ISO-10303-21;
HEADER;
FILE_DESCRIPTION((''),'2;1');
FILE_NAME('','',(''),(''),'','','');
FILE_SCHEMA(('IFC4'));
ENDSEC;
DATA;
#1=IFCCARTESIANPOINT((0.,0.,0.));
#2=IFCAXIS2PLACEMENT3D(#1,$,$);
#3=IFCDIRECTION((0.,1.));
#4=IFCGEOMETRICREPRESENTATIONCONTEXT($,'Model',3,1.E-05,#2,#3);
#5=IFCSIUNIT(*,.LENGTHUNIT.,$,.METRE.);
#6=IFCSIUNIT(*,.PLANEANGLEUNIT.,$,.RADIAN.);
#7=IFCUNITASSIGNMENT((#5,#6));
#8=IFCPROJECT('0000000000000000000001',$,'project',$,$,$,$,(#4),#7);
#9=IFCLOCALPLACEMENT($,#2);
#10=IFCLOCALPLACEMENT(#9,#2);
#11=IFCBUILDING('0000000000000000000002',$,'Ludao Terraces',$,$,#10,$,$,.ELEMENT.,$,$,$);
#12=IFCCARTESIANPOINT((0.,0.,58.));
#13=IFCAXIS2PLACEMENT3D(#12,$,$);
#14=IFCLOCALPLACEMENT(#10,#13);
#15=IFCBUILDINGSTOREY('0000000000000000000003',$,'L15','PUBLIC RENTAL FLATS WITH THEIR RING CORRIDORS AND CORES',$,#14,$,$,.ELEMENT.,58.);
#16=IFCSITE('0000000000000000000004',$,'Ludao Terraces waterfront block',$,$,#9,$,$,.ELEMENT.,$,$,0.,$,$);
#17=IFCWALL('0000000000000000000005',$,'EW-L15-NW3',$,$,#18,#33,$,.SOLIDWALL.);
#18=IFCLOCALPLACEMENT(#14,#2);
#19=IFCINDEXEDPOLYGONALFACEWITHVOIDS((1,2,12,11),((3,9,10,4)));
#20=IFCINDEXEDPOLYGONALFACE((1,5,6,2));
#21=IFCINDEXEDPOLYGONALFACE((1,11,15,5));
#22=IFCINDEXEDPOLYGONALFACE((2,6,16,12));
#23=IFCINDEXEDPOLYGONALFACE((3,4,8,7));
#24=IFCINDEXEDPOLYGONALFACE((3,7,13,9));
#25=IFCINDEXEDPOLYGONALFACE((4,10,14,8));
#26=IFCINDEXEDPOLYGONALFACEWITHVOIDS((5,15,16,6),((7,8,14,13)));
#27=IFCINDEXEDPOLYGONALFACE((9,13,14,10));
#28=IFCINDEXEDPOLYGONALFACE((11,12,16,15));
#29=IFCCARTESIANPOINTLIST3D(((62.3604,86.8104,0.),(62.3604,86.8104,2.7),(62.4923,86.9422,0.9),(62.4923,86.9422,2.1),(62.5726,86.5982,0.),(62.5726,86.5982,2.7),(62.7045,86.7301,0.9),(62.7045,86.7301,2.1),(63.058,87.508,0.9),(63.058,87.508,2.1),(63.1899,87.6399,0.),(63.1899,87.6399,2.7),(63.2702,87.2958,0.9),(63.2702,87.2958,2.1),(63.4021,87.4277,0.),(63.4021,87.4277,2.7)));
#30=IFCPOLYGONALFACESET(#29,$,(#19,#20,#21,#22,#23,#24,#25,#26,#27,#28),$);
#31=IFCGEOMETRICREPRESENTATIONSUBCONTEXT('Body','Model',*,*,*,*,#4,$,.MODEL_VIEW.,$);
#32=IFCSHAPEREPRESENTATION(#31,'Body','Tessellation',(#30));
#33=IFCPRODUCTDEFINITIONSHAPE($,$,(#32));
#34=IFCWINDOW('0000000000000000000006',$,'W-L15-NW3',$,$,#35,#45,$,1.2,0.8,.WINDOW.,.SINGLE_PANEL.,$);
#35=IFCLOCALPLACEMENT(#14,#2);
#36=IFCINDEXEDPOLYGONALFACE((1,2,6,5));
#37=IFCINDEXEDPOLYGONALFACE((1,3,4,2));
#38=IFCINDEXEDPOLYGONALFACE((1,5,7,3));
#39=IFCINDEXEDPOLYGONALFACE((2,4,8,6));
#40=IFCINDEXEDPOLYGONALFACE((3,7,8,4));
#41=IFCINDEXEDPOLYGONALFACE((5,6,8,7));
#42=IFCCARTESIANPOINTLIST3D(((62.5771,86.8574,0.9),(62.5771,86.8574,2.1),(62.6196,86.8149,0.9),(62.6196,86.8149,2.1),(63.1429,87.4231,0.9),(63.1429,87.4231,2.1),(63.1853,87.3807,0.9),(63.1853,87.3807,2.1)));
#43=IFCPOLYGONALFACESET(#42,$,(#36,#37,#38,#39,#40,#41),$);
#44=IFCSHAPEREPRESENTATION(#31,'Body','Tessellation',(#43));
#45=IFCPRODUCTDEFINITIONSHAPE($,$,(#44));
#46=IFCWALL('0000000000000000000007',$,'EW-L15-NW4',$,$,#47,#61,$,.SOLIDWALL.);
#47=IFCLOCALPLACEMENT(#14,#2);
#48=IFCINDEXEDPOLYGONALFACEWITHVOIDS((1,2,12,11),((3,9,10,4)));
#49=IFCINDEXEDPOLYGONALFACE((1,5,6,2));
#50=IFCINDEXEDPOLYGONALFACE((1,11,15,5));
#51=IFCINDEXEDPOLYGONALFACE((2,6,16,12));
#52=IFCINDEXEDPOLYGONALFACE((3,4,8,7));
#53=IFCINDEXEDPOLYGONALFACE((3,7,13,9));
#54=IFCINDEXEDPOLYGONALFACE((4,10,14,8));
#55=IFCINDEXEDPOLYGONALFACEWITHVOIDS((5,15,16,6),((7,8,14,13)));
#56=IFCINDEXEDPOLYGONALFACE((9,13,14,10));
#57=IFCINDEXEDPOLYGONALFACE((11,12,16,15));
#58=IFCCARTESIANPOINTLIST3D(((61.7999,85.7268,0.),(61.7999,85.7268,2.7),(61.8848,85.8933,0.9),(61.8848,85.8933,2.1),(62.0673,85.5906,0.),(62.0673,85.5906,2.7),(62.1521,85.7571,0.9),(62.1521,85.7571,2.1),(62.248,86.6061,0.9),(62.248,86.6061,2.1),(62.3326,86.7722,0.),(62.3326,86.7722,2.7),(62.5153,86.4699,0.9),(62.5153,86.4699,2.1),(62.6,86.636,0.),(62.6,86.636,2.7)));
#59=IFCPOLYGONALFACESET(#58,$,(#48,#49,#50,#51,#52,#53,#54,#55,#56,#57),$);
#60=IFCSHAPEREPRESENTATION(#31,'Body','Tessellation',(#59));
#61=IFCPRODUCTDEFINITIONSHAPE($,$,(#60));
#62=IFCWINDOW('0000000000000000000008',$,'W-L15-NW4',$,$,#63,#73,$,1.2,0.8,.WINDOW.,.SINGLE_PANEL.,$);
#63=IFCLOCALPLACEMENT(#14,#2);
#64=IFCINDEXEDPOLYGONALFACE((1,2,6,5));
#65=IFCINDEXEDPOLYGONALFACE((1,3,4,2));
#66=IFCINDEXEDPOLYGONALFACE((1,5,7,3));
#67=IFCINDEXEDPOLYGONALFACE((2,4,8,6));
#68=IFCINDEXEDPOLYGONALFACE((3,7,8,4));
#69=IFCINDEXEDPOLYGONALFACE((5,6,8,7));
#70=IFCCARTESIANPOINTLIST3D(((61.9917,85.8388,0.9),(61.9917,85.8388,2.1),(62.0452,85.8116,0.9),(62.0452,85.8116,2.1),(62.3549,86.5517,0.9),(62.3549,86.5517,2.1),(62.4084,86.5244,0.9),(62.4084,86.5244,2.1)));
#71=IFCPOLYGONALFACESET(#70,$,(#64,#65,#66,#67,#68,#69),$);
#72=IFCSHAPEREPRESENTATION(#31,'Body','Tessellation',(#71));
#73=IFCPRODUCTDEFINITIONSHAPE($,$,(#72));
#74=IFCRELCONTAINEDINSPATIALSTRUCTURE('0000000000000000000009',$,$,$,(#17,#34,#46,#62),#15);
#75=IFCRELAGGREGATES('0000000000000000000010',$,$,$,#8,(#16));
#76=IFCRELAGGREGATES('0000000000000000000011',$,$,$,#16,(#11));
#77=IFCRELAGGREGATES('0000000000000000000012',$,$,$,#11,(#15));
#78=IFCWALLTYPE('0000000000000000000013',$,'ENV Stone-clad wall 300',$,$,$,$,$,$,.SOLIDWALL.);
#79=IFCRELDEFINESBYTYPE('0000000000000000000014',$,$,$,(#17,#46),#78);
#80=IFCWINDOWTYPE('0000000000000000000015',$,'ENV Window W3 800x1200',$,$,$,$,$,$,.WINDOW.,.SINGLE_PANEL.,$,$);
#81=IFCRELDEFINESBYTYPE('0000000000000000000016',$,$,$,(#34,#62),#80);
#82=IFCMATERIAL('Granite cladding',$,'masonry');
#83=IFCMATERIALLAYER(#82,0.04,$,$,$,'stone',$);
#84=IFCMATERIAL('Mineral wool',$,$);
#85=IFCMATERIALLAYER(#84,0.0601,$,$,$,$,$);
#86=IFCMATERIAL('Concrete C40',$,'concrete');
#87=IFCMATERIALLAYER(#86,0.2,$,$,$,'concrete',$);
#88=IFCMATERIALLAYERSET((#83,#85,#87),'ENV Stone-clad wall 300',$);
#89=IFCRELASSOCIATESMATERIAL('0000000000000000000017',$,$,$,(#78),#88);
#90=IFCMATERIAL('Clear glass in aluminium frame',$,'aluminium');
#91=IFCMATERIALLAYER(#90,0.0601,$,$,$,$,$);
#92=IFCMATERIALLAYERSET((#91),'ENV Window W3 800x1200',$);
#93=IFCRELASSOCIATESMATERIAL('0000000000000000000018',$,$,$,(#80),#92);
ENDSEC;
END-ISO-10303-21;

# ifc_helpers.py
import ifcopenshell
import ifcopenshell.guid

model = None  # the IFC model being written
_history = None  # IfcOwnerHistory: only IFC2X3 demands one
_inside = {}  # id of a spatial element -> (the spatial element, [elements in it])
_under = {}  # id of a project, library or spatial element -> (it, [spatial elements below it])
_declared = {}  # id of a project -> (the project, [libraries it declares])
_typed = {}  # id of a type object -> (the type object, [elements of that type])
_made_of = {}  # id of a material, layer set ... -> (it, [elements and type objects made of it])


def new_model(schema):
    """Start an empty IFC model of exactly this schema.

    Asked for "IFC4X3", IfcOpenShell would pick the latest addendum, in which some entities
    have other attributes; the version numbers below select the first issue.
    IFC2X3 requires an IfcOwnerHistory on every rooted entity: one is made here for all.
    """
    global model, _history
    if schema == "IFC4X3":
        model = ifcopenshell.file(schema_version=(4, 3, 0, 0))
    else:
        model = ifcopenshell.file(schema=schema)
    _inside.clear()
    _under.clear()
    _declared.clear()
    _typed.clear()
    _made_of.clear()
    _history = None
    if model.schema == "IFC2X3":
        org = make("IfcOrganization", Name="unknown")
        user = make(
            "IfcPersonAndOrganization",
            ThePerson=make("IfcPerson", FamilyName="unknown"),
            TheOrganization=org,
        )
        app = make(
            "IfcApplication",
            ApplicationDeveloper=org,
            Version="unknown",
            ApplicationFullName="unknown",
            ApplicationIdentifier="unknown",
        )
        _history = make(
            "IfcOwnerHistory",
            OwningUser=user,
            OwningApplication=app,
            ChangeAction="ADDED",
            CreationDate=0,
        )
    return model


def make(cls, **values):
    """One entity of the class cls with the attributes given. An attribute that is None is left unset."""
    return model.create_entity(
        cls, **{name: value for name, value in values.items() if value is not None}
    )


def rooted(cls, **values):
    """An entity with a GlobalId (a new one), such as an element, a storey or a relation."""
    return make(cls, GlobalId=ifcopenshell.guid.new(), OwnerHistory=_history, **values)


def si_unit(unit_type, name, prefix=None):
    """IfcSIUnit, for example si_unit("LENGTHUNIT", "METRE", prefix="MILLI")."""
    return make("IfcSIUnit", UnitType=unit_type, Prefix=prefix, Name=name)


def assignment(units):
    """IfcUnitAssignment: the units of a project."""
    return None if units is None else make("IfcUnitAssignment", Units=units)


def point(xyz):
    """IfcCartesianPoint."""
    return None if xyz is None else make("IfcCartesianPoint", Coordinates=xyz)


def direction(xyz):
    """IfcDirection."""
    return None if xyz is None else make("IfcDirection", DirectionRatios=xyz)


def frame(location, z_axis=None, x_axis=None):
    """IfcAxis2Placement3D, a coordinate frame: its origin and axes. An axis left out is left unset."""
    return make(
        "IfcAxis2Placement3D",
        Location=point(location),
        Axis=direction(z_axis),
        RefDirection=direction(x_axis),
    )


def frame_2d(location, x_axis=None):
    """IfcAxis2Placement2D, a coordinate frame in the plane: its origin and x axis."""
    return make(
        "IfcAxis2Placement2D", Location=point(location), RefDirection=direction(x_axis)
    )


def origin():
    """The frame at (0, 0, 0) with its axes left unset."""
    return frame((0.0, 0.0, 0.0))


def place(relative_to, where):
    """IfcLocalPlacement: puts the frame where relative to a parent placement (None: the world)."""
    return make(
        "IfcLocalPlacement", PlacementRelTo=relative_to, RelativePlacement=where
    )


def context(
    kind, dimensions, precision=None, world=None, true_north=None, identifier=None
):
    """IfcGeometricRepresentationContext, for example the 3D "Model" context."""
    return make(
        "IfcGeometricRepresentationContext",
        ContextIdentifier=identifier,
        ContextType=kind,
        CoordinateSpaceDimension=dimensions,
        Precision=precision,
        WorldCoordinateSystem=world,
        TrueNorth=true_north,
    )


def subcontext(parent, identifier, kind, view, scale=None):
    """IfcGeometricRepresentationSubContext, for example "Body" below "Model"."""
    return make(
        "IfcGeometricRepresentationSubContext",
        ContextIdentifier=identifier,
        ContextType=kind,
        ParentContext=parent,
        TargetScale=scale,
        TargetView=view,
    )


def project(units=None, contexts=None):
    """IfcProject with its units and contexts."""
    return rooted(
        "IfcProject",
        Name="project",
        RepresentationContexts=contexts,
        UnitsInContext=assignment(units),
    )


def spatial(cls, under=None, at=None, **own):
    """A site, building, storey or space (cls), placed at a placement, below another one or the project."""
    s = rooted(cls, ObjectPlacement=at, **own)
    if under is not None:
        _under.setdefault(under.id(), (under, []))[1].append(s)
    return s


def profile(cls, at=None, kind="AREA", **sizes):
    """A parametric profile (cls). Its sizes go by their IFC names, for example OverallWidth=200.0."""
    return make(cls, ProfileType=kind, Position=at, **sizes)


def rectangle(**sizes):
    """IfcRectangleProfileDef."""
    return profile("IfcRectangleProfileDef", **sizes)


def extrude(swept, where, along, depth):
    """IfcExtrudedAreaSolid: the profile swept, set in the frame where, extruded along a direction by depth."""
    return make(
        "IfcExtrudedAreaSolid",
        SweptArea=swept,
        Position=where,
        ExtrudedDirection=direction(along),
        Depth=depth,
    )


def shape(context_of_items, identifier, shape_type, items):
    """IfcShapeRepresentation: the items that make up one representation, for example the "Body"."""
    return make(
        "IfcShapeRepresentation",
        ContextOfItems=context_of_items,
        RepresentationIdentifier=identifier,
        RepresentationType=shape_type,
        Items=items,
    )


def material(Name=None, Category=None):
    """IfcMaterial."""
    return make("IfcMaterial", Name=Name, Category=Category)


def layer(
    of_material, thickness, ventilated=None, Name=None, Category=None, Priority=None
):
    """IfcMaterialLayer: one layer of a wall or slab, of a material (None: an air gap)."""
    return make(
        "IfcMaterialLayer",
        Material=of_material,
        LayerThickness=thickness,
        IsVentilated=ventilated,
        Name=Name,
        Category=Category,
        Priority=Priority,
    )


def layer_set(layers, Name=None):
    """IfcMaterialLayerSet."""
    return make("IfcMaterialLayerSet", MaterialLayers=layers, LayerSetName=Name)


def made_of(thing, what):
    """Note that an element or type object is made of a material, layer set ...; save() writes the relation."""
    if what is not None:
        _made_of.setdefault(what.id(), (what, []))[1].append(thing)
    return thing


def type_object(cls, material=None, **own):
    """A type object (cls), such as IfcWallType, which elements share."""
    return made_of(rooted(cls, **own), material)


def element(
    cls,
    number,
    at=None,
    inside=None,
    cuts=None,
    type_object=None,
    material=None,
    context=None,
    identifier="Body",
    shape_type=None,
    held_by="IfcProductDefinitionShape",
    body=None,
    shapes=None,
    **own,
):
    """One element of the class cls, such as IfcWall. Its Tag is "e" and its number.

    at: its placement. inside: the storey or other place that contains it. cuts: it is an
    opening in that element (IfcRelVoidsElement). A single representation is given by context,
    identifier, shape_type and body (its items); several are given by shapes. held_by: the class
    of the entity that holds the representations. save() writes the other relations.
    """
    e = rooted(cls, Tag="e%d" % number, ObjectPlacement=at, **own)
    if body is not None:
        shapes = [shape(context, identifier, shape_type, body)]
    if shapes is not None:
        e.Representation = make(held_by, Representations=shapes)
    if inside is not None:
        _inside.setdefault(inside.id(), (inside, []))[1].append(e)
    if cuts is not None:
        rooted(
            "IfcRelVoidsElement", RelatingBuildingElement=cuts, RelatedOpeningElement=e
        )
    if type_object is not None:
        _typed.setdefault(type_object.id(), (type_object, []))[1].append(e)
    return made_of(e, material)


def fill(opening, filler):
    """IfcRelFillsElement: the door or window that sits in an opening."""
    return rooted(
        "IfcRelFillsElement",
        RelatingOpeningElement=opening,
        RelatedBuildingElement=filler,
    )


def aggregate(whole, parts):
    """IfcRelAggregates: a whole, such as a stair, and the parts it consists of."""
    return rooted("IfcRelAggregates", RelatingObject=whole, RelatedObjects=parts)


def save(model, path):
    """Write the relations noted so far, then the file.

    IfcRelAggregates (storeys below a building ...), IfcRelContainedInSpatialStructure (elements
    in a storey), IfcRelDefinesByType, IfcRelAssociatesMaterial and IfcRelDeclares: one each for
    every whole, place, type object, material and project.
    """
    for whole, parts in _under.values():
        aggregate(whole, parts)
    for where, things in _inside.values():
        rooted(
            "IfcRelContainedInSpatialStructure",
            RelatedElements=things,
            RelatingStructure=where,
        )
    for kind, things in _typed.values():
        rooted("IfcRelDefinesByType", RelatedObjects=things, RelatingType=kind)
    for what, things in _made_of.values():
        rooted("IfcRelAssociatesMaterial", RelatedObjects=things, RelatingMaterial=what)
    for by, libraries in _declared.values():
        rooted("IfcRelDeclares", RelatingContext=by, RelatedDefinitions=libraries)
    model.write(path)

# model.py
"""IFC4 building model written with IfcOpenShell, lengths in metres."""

from ifc_helpers import new_model, si_unit, direction, frame, frame_2d, origin, place, context, subcontext, project, spatial, rectangle, extrude, material, layer, layer_set, type_object, element, fill, save


model = new_model("IFC4")

# Units and contexts
model_context = context("Model", 3, precision=1e-05, world=origin(), true_north=direction((0.0, 1.0)))
body_context = subcontext(model_context, "Body", "Model", "MODEL_VIEW")
ifc_project = project(units=[si_unit("LENGTHUNIT", "METRE"), si_unit("PLANEANGLEUNIT", "RADIAN")], contexts=[model_context])

# Site, building, storey
site_placement = place(None, origin())
site = spatial("IfcSite", under=ifc_project, at=site_placement, Name="Ludao Terraces waterfront block", CompositionType="ELEMENT", RefElevation=0.0)
building_placement = place(site_placement, origin())
building = spatial("IfcBuilding", under=site, at=building_placement, Name="Ludao Terraces", CompositionType="ELEMENT")
storey_placement = place(building_placement, frame((0.0, 0.0, 58.0)))
storey = spatial("IfcBuildingStorey", under=building, at=storey_placement, Name="L15", Description="PUBLIC RENTAL FLATS WITH THEIR RING CORRIDORS AND CORES", CompositionType="ELEMENT", Elevation=58.0)

# Shared definitions
ifc_material_1 = material(Name="Concrete C40", Category="concrete")

# Shared definitions
ifc_material_2 = material(Name="Granite cladding", Category="masonry")
ifc_layer_1 = layer(ifc_material_2, 0.04, Category="stone")
ifc_material_3 = material(Name="Mineral wool")
ifc_layer_2 = layer(ifc_material_3, 0.0601)
ifc_layer_3 = layer(ifc_material_1, 0.2, Category="concrete")
ifc_layer_set_1 = layer_set([ifc_layer_1, ifc_layer_2, ifc_layer_3], Name="ENV Stone-clad wall 300")
wall_type_1 = type_object("IfcWallType", Name="ENV Stone-clad wall 300", PredefinedType="SOLIDWALL", material=ifc_layer_set_1)
ifc_material_4 = material(Name="Clear glass in aluminium frame", Category="aluminium")

# Walls, openings, windows
ifc_layer_4 = layer(ifc_material_4, 0.0601)
ifc_layer_set_2 = layer_set([ifc_layer_4], Name="ENV Window W3 800x1200")
window_type_1 = type_object("IfcWindowType", Name="ENV Window W3 800x1200", PartitioningType="SINGLE_PANEL", PredefinedType="WINDOW", material=ifc_layer_set_2)
wall_1_placement = place(storey_placement, frame((63.2959, 87.5337, 0.0), z_axis=(0.0, 0.0, 1.0), x_axis=(-0.707107, -0.707107, 0.0)))
wall_1 = element("IfcWall", 1, at=wall_1_placement, inside=storey, type_object=wall_type_1, Name="EW-L15-NW3", PredefinedType="SOLIDWALL", context=body_context, shape_type="SweptSolid", body=[
    extrude(rectangle(XDim=1.1731, YDim=0.3, at=frame_2d((0.5864, 0.0))), origin(), (0.0, 0.0, 1.0), 2.7),
])
opening_1_placement = place(wall_1_placement, frame((0.1865, 0.0, 0.8999)))
opening_1 = element("IfcOpeningElement", 2, at=opening_1_placement, cuts=wall_1, PredefinedType="OPENING", context=body_context, shape_type="SweptSolid", body=[
    extrude(rectangle(XDim=0.8, YDim=1.2, at=frame_2d((0.3999, 0.6001))), frame((0.0, 0.1602, 0.0), z_axis=(0.0, -1.0, 0.0), x_axis=(1.0, 0.0, 0.0)), (0.0, 0.0, 1.0), 0.3201),
])
window_1_placement = place(opening_1_placement, origin())
window_1 = element("IfcWindow", 3, at=window_1_placement, inside=storey, type_object=window_type_1, Name="W-L15-NW3", OverallHeight=1.2, OverallWidth=0.8, PartitioningType="SINGLE_PANEL", PredefinedType="WINDOW", context=body_context, shape_type="SweptSolid", body=[
    extrude(rectangle(XDim=0.8, YDim=1.2, at=frame_2d((0.3999, 0.6001))), frame((0.0, 0.03, 0.0), z_axis=(0.0, -1.0, 0.0), x_axis=(1.0, 0.0, 0.0)), (0.0, 0.0, 1.0), 0.0601),
])
fill(opening_1, window_1)
wall_2_placement = place(storey_placement, frame((62.4663, 86.7041, 0.0), z_axis=(0.0, 0.0, 1.0), x_axis=(-0.454026, -0.890989, 0.0)))
wall_2 = element("IfcWall", 4, at=wall_2_placement, inside=storey, type_object=wall_type_1, Name="EW-L15-NW4", PredefinedType="SOLIDWALL", context=body_context, shape_type="SweptSolid", body=[
    extrude(rectangle(XDim=1.1733, YDim=0.3, at=frame_2d((0.5867, 0.0))), origin(), (0.0, 0.0, 1.0), 2.7),
])
opening_2_placement = place(wall_2_placement, frame((0.1865, 0.0, 0.8999)))
opening_2 = element("IfcOpeningElement", 5, at=opening_2_placement, cuts=wall_2, PredefinedType="OPENING", context=body_context, shape_type="SweptSolid", body=[
    extrude(rectangle(XDim=0.8, YDim=1.2, at=frame_2d((0.3999, 0.6001))), frame((0.0, 0.1602, 0.0), z_axis=(0.0, -1.0, 0.0), x_axis=(1.0, 0.0, 0.0)), (0.0, 0.0, 1.0), 0.3201),
])
window_2_placement = place(opening_2_placement, origin())
window_2 = element("IfcWindow", 6, at=window_2_placement, inside=storey, type_object=window_type_1, Name="W-L15-NW4", OverallHeight=1.2, OverallWidth=0.8, PartitioningType="SINGLE_PANEL", PredefinedType="WINDOW", context=body_context, shape_type="SweptSolid", body=[
    extrude(rectangle(XDim=0.8, YDim=1.2, at=frame_2d((0.3999, 0.6001))), frame((0.0, 0.03, 0.0), z_axis=(0.0, -1.0, 0.0), x_axis=(1.0, 0.0, 0.0)), (0.0, 0.0, 1.0), 0.0601),
])
fill(opening_2, window_2)

save(model, "model.ifc")
